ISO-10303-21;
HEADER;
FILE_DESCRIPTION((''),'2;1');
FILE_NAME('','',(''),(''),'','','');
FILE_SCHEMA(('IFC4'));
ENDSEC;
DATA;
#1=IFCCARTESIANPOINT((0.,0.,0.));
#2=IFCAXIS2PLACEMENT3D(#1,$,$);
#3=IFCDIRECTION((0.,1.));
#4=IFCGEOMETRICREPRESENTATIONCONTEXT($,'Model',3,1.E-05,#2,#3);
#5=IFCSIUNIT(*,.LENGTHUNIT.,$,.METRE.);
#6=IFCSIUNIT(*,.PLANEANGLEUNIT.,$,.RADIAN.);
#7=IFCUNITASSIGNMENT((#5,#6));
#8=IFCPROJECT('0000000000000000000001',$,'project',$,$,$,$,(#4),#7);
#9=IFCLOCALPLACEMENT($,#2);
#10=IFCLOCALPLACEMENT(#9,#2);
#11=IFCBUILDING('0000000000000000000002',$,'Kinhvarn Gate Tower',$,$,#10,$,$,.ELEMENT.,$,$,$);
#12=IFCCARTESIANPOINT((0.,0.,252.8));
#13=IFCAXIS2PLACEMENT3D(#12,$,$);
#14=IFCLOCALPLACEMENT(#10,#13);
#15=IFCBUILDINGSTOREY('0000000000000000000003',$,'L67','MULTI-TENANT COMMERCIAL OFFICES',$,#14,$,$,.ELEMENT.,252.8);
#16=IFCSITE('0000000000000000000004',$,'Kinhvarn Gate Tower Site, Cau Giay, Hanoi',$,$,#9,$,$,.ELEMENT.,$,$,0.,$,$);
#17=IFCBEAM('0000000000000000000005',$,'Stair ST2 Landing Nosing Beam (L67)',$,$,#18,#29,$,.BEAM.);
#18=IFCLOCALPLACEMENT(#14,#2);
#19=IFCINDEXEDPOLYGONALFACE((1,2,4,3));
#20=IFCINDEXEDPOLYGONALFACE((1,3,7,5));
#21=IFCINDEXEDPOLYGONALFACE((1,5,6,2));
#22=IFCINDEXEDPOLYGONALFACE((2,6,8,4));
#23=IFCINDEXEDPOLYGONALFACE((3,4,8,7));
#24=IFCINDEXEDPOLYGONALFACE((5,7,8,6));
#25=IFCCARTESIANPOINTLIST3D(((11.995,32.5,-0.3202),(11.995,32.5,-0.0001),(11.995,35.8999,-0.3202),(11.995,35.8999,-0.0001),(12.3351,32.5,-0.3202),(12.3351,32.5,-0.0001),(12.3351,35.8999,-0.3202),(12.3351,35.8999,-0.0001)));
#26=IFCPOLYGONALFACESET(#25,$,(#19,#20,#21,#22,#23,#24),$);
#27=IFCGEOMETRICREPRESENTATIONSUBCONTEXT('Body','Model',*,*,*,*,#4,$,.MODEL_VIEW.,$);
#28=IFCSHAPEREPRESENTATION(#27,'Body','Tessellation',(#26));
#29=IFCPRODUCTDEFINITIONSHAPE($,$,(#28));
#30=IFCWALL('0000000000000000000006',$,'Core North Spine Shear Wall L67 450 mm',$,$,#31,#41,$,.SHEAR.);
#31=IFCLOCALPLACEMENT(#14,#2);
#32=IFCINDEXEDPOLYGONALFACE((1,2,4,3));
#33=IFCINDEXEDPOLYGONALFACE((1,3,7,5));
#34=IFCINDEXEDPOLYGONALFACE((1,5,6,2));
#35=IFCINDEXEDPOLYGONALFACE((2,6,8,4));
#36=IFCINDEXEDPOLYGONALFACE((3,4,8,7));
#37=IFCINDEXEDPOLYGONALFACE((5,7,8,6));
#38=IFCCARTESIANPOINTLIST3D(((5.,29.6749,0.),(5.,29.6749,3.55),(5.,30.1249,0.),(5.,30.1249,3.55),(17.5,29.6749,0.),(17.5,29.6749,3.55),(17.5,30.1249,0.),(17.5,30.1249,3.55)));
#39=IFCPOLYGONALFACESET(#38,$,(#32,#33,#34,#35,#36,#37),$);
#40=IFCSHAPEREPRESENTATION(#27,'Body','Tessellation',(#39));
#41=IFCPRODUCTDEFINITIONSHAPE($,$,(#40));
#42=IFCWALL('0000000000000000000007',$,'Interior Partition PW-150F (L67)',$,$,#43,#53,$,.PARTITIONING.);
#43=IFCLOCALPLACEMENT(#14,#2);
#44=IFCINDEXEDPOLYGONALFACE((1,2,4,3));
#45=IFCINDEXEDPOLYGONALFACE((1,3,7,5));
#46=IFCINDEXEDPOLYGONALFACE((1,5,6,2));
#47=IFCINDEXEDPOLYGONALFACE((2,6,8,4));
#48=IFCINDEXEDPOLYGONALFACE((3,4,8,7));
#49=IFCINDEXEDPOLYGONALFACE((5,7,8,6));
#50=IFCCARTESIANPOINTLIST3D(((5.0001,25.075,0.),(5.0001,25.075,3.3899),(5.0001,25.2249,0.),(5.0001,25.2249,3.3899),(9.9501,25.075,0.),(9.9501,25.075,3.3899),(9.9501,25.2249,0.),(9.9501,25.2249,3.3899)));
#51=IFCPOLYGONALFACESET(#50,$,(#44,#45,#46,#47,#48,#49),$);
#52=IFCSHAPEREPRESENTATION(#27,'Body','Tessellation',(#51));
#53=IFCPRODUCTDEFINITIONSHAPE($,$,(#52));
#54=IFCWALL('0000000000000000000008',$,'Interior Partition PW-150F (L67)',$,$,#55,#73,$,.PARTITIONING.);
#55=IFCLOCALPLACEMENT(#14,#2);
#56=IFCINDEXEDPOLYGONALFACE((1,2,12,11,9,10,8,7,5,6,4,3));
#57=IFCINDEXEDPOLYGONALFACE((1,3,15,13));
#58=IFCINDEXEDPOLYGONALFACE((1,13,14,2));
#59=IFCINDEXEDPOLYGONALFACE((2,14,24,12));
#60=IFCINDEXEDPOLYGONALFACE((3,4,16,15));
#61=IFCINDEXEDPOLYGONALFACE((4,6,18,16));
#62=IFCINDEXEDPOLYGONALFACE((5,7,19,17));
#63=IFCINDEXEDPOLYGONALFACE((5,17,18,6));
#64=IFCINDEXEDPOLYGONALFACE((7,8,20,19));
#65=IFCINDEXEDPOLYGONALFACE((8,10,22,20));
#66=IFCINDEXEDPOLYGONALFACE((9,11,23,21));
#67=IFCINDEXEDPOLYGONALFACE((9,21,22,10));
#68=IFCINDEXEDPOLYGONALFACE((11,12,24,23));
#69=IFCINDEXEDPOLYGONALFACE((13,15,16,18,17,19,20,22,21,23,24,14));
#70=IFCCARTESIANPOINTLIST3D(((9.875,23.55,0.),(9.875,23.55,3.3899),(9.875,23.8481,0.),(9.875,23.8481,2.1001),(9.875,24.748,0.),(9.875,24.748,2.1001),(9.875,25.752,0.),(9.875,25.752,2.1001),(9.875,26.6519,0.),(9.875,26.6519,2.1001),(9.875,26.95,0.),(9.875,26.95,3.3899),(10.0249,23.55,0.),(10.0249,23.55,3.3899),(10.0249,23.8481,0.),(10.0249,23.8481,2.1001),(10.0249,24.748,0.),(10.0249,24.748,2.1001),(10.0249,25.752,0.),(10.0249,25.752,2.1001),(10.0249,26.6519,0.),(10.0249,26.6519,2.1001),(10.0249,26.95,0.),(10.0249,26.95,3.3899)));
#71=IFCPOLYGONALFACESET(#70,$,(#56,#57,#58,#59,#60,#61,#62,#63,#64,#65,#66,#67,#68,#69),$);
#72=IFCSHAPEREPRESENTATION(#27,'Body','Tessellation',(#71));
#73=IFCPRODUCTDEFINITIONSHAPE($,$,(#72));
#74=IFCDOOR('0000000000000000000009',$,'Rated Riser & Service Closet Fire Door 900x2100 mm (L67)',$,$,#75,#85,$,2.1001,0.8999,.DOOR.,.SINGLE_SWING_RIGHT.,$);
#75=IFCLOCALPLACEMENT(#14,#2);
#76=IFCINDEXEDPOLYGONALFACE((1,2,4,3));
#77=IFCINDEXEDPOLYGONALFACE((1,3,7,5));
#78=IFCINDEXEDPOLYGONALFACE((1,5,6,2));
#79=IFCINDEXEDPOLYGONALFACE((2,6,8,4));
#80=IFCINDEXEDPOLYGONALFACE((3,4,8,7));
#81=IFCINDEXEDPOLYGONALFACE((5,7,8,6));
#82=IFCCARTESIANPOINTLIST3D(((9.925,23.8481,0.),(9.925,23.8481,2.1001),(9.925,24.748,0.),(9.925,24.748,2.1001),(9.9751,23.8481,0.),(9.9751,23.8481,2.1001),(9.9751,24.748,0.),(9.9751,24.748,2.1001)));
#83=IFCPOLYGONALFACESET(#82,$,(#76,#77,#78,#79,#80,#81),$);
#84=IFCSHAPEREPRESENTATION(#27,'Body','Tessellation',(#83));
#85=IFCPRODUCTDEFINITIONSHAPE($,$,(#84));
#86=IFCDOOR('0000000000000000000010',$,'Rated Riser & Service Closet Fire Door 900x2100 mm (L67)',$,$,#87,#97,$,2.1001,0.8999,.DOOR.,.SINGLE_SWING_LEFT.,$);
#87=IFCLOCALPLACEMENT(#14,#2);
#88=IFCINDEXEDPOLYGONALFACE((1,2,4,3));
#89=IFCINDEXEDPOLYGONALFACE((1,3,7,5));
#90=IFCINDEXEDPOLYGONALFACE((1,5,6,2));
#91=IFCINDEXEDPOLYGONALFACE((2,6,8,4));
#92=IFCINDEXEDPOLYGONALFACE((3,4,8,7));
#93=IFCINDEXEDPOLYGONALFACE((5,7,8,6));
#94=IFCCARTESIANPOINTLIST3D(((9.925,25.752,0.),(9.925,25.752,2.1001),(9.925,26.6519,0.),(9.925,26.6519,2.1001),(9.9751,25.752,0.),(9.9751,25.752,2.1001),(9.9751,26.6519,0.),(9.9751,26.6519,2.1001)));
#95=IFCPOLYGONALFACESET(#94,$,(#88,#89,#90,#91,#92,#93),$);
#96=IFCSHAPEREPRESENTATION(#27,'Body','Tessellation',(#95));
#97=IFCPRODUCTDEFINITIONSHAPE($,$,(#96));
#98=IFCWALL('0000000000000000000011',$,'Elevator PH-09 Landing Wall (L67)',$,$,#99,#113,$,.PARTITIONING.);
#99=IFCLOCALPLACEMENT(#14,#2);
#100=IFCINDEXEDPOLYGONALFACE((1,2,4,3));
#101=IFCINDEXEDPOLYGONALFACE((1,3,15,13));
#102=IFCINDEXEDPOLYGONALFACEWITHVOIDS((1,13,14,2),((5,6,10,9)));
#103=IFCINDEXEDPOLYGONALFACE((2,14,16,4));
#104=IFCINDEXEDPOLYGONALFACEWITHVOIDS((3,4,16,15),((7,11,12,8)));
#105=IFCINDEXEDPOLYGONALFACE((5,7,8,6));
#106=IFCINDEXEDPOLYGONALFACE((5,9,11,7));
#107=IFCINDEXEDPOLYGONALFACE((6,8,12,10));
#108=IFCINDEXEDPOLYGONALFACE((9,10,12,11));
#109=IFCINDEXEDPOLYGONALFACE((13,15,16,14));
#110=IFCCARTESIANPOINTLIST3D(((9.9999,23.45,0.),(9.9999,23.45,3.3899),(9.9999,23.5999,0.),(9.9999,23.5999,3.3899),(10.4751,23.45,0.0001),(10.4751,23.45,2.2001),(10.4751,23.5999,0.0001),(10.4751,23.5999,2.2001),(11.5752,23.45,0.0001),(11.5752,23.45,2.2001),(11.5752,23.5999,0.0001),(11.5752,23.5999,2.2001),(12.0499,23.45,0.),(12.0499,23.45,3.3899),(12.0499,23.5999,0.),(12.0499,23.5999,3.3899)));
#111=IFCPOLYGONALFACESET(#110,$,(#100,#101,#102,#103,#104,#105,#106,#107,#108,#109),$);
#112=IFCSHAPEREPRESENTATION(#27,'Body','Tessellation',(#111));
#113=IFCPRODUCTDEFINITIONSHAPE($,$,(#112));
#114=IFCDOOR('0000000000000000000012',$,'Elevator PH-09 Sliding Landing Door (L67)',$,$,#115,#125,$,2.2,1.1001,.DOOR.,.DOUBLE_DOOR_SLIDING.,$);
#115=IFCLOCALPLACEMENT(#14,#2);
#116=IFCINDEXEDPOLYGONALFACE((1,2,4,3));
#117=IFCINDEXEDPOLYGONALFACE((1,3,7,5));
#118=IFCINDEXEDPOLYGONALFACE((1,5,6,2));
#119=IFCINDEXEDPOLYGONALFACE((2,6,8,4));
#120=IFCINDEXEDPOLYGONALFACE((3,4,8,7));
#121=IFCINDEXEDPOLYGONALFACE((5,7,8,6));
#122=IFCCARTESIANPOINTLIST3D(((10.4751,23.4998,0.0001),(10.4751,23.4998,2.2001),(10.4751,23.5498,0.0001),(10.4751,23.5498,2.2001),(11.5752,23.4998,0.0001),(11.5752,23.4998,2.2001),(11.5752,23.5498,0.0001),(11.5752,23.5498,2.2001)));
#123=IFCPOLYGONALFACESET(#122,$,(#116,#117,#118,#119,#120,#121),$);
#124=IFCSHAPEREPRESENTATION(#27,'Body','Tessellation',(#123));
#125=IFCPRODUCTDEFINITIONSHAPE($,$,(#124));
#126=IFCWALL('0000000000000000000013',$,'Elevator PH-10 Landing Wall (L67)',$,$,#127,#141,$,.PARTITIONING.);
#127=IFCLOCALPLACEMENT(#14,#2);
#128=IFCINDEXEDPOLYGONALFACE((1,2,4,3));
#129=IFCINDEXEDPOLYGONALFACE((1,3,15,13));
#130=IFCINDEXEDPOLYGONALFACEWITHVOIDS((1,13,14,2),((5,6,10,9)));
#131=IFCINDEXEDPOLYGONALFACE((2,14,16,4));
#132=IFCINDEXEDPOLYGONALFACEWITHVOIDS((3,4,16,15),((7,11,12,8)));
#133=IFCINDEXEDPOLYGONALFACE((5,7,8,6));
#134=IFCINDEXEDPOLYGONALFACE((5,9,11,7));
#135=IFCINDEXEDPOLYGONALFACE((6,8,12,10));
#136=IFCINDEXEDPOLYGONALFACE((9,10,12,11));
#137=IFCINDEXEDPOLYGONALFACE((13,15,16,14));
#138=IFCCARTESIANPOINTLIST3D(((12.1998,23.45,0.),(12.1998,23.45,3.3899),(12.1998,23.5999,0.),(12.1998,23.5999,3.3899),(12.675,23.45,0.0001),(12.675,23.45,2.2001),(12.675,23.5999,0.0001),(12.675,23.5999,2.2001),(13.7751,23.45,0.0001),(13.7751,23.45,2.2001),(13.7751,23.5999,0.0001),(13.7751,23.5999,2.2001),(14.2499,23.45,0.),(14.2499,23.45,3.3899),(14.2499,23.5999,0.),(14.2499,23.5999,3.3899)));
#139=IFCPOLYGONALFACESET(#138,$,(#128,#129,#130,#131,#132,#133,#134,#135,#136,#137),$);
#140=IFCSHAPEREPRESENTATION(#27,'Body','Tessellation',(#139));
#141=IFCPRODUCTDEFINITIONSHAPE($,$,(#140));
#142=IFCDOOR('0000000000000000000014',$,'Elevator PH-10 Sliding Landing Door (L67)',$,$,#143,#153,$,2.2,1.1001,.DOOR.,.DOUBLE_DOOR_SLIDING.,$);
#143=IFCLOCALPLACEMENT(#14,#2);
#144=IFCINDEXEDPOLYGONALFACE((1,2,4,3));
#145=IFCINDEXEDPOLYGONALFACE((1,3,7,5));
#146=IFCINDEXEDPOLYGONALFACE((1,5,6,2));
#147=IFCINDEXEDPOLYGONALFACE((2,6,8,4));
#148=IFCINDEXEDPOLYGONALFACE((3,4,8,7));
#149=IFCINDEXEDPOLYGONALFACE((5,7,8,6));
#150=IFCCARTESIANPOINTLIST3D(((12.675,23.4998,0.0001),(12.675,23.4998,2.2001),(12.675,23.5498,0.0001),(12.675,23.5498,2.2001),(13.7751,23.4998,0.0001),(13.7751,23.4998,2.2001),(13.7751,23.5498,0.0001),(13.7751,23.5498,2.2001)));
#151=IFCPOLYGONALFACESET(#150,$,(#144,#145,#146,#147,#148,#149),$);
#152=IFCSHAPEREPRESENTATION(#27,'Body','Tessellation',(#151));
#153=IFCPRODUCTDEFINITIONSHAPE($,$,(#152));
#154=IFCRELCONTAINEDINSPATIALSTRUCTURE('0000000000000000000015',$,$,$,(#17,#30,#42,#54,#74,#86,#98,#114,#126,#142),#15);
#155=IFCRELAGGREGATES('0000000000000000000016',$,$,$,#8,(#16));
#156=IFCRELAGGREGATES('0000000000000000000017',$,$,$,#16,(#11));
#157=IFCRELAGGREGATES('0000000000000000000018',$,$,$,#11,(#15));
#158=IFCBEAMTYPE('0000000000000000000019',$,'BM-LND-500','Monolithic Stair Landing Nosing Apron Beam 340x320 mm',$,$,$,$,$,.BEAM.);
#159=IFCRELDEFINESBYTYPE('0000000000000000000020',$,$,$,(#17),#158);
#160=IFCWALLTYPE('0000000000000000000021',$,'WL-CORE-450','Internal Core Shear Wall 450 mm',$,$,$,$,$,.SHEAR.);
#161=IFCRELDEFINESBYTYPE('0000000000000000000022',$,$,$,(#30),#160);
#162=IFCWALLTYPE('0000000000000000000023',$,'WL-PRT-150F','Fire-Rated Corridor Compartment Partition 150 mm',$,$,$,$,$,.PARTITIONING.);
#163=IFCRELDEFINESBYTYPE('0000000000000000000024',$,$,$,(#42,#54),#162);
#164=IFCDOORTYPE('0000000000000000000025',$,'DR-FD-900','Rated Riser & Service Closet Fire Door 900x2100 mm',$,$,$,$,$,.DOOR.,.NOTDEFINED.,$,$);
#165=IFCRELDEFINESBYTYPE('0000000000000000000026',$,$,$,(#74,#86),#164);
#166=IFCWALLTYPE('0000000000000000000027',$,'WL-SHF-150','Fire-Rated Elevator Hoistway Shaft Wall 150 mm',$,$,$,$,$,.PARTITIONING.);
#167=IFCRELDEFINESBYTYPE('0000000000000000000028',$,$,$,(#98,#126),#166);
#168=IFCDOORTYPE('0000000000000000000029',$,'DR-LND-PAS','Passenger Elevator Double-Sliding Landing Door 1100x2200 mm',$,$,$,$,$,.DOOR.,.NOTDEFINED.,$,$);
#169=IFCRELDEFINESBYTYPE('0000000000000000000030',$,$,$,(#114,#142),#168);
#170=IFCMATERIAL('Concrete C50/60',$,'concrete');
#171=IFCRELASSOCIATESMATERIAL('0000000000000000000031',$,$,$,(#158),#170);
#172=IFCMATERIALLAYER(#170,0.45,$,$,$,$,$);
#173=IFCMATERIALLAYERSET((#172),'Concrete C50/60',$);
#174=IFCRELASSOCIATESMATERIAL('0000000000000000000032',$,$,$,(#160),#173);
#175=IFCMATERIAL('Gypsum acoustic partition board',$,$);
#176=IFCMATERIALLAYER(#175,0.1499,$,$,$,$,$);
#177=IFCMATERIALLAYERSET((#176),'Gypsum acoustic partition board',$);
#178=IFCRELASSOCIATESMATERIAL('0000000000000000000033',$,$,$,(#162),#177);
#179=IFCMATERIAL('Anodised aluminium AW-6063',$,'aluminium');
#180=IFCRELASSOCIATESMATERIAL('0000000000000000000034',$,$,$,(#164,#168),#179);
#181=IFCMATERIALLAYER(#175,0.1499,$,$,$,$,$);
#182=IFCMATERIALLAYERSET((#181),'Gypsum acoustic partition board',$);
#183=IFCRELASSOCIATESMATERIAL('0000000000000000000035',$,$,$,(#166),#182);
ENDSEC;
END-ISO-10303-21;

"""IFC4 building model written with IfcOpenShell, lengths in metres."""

from ifc_helpers import new_model, si_unit, direction, frame, frame_2d, origin, origin_2d, place, context, subcontext, project, spatial, rectangle, extrude, material, layer, layer_set, material_profile, profile_set, type_object, element, fill, save


model = new_model("IFC4")

# Units and contexts
model_context = context("Model", 3, precision=1e-05, world=origin(), true_north=direction((0.0, 1.0)))
body_context = subcontext(model_context, "Body", "Model", "MODEL_VIEW")
ifc_project = project(units=[si_unit("LENGTHUNIT", "METRE"), si_unit("PLANEANGLEUNIT", "RADIAN")], contexts=[model_context])

# Site, building, storey
site_placement = place(None, origin())
site = spatial("IfcSite", under=ifc_project, at=site_placement, Name="Kinhvarn Gate Tower Site, Cau Giay, Hanoi", CompositionType="ELEMENT", RefElevation=0.0)
building_placement = place(site_placement, origin())
building = spatial("IfcBuilding", under=site, at=building_placement, Name="Kinhvarn Gate Tower", CompositionType="ELEMENT")
storey_placement = place(building_placement, frame((0.0, 0.0, 252.8)))
storey = spatial("IfcBuildingStorey", under=building, at=storey_placement, Name="L67", Description="MULTI-TENANT COMMERCIAL OFFICES", CompositionType="ELEMENT", Elevation=252.8)

# Beam
ifc_material_1 = material(Name="Concrete C50/60", Category="concrete")
ifc_material_profile = material_profile(ifc_material_1, rectangle(XDim=0.3401, YDim=0.3201, at=origin_2d()), Name="RC 340x320")
ifc_profile_set = profile_set([ifc_material_profile], Name="Concrete C50/60")
beam_type = type_object("IfcBeamType", Name="BM-LND-500", Description="Monolithic Stair Landing Nosing Apron Beam 340x320 mm", PredefinedType="BEAM", material=ifc_profile_set)
beam_placement = place(storey_placement, frame((12.165, 32.5, -0.1602), z_axis=(0.0, 1.0, 0.0), x_axis=(-1.0, 0.0, 0.0)))
element("IfcBeam", 1, at=beam_placement, inside=storey, type_object=beam_type, Name="Stair ST2 Landing Nosing Beam (L67)", PredefinedType="BEAM", context=body_context, shape_type="SweptSolid", body=[
    extrude(rectangle(XDim=0.3401, YDim=0.3201, at=origin_2d()), origin(), (0.0, 0.0, 1.0), 3.3999),
])

# Walls
ifc_layer_1 = layer(ifc_material_1, 0.45)
ifc_layer_set_1 = layer_set([ifc_layer_1], Name="Concrete C50/60")
wall_type_1 = type_object("IfcWallType", Name="WL-CORE-450", Description="Internal Core Shear Wall 450 mm", PredefinedType="SHEAR", material=ifc_layer_set_1)
wall_1_placement = place(storey_placement, frame((5.0, 29.8999, 0.0), z_axis=(0.0, 0.0, 1.0), x_axis=(1.0, 0.0, 0.0)))
element("IfcWall", 2, at=wall_1_placement, inside=storey, type_object=wall_type_1, Name="Core North Spine Shear Wall L67 450 mm", PredefinedType="SHEAR", context=body_context, shape_type="SweptSolid", body=[
    extrude(rectangle(XDim=12.5, YDim=0.45, at=frame_2d((6.25, 0.0))), origin(), (0.0, 0.0, 1.0), 3.55),
])
ifc_material_2 = material(Name="Gypsum acoustic partition board")
ifc_layer_2 = layer(ifc_material_2, 0.1499)
ifc_layer_set_2 = layer_set([ifc_layer_2], Name="Gypsum acoustic partition board")
wall_type_2 = type_object("IfcWallType", Name="WL-PRT-150F", Description="Fire-Rated Corridor Compartment Partition 150 mm", PredefinedType="PARTITIONING", material=ifc_layer_set_2)
wall_2_placement = place(storey_placement, frame((5.0, 25.1499, 0.0), z_axis=(0.0, 0.0, 1.0), x_axis=(1.0, 0.0, 0.0)))
element("IfcWall", 3, at=wall_2_placement, inside=storey, type_object=wall_type_2, Name="Interior Partition PW-150F (L67)", PredefinedType="PARTITIONING", context=body_context, shape_type="SweptSolid", body=[
    extrude(rectangle(XDim=4.95, YDim=0.1499, at=frame_2d((2.4751, 0.0))), origin(), (0.0, 0.0, 1.0), 3.3899),
])

# Wall, openings, doors
wall_3_placement = place(storey_placement, frame((9.95, 23.55, 0.0), z_axis=(0.0, 0.0, 1.0), x_axis=(0.0, 1.0, 0.0)))
wall_3 = element("IfcWall", 4, at=wall_3_placement, inside=storey, type_object=wall_type_2, Name="Interior Partition PW-150F (L67)", PredefinedType="PARTITIONING", context=body_context, shape_type="SweptSolid", body=[
    extrude(rectangle(XDim=3.3999, YDim=0.1499, at=frame_2d((1.7, 0.0))), origin(), (0.0, 0.0, 1.0), 3.3899),
])
opening_1_placement = place(wall_3_placement, frame((0.2981, 0.0, 0.0)))
opening_1 = element("IfcOpeningElement", 5, at=opening_1_placement, cuts=wall_3, PredefinedType="OPENING", context=body_context, shape_type="SweptSolid", body=[
    extrude(rectangle(XDim=0.8999, YDim=2.1001, at=frame_2d((0.45, 1.05))), frame((0.0, 0.085, 0.0), z_axis=(0.0, -1.0, 0.0), x_axis=(1.0, 0.0, 0.0)), (0.0, 0.0, 1.0), 0.1699),
])
opening_2_placement = place(wall_3_placement, frame((2.2019, 0.0, 0.0)))
opening_2 = element("IfcOpeningElement", 6, at=opening_2_placement, cuts=wall_3, PredefinedType="OPENING", context=body_context, shape_type="SweptSolid", body=[
    extrude(rectangle(XDim=0.8999, YDim=2.1001, at=frame_2d((0.45, 1.05))), frame((0.0, 0.085, 0.0), z_axis=(0.0, -1.0, 0.0), x_axis=(1.0, 0.0, 0.0)), (0.0, 0.0, 1.0), 0.1699),
])
ifc_material_3 = material(Name="Anodised aluminium AW-6063", Category="aluminium")
door_type_1 = type_object("IfcDoorType", Name="DR-FD-900", Description="Rated Riser & Service Closet Fire Door 900x2100 mm", OperationType="NOTDEFINED", PredefinedType="DOOR", material=ifc_material_3)
door_1_placement = place(opening_1_placement, origin())
door_1 = element("IfcDoor", 7, at=door_1_placement, inside=storey, type_object=door_type_1, Name="Rated Riser & Service Closet Fire Door 900x2100 mm (L67)", OperationType="SINGLE_SWING_RIGHT", OverallHeight=2.1001, OverallWidth=0.8999, PredefinedType="DOOR", context=body_context, shape_type="SweptSolid", body=[
    extrude(rectangle(XDim=0.8999, YDim=2.1001, at=frame_2d((0.45, 1.05))), frame((0.0, 0.0249, 0.0), z_axis=(0.0, -1.0, 0.0), x_axis=(1.0, 0.0, 0.0)), (0.0, 0.0, 1.0), 0.05),
])
fill(opening_1, door_1)
door_2_placement = place(opening_2_placement, origin())
door_2 = element("IfcDoor", 8, at=door_2_placement, inside=storey, type_object=door_type_1, Name="Rated Riser & Service Closet Fire Door 900x2100 mm (L67)", OperationType="SINGLE_SWING_LEFT", OverallHeight=2.1001, OverallWidth=0.8999, PredefinedType="DOOR", context=body_context, shape_type="SweptSolid", body=[
    extrude(rectangle(XDim=0.8999, YDim=2.1001, at=frame_2d((0.45, 1.05))), frame((0.0, 0.0249, 0.0), z_axis=(0.0, -1.0, 0.0), x_axis=(1.0, 0.0, 0.0)), (0.0, 0.0, 1.0), 0.05),
])
fill(opening_2, door_2)

# Walls, openings, doors
ifc_layer_3 = layer(ifc_material_2, 0.1499)
ifc_layer_set_3 = layer_set([ifc_layer_3], Name="Gypsum acoustic partition board")
wall_type_3 = type_object("IfcWallType", Name="WL-SHF-150", Description="Fire-Rated Elevator Hoistway Shaft Wall 150 mm", PredefinedType="PARTITIONING", material=ifc_layer_set_3)
wall_4_placement = place(storey_placement, frame((10.0, 23.5249, 0.0), z_axis=(0.0, 0.0, 1.0), x_axis=(1.0, 0.0, 0.0)))
wall_4 = element("IfcWall", 9, at=wall_4_placement, inside=storey, type_object=wall_type_3, Name="Elevator PH-09 Landing Wall (L67)", PredefinedType="PARTITIONING", context=body_context, shape_type="SweptSolid", body=[
    extrude(rectangle(XDim=2.05, YDim=0.1499, at=frame_2d((1.0249, 0.0))), origin(), (0.0, 0.0, 1.0), 3.3899),
])
opening_3_placement = place(wall_4_placement, frame((0.4751, 0.0, 0.0)))
opening_3 = element("IfcOpeningElement", 10, at=opening_3_placement, cuts=wall_4, PredefinedType="OPENING", context=body_context, shape_type="SweptSolid", body=[
    extrude(rectangle(XDim=1.1001, YDim=2.2, at=frame_2d((0.55, 1.1001))), frame((0.0, 0.085, 0.0), z_axis=(0.0, -1.0, 0.0), x_axis=(1.0, 0.0, 0.0)), (0.0, 0.0, 1.0), 0.1699),
])
door_type_2 = type_object("IfcDoorType", Name="DR-LND-PAS", Description="Passenger Elevator Double-Sliding Landing Door 1100x2200 mm", OperationType="NOTDEFINED", PredefinedType="DOOR", material=ifc_material_3)
door_3_placement = place(opening_3_placement, origin())
door_3 = element("IfcDoor", 11, at=door_3_placement, inside=storey, type_object=door_type_2, Name="Elevator PH-09 Sliding Landing Door (L67)", OperationType="DOUBLE_DOOR_SLIDING", OverallHeight=2.2, OverallWidth=1.1001, PredefinedType="DOOR", context=body_context, shape_type="SweptSolid", body=[
    extrude(rectangle(XDim=1.1001, YDim=2.2, at=frame_2d((0.55, 1.1001))), frame((0.0, 0.0249, 0.0), z_axis=(0.0, -1.0, 0.0), x_axis=(1.0, 0.0, 0.0)), (0.0, 0.0, 1.0), 0.05),
])
fill(opening_3, door_3)
wall_5_placement = place(storey_placement, frame((12.2, 23.5249, 0.0), z_axis=(0.0, 0.0, 1.0), x_axis=(1.0, 0.0, 0.0)))
wall_5 = element("IfcWall", 12, at=wall_5_placement, inside=storey, type_object=wall_type_3, Name="Elevator PH-10 Landing Wall (L67)", PredefinedType="PARTITIONING", context=body_context, shape_type="SweptSolid", body=[
    extrude(rectangle(XDim=2.05, YDim=0.1499, at=frame_2d((1.0249, 0.0))), origin(), (0.0, 0.0, 1.0), 3.3899),
])
opening_4_placement = place(wall_5_placement, frame((0.4751, 0.0, 0.0)))
opening_4 = element("IfcOpeningElement", 13, at=opening_4_placement, cuts=wall_5, PredefinedType="OPENING", context=body_context, shape_type="SweptSolid", body=[
    extrude(rectangle(XDim=1.1001, YDim=2.2, at=frame_2d((0.55, 1.1001))), frame((0.0, 0.085, 0.0), z_axis=(0.0, -1.0, 0.0), x_axis=(1.0, 0.0, 0.0)), (0.0, 0.0, 1.0), 0.1699),
])
door_4_placement = place(opening_4_placement, origin())
door_4 = element("IfcDoor", 14, at=door_4_placement, inside=storey, type_object=door_type_2, Name="Elevator PH-10 Sliding Landing Door (L67)", OperationType="DOUBLE_DOOR_SLIDING", OverallHeight=2.2, OverallWidth=1.1001, PredefinedType="DOOR", context=body_context, shape_type="SweptSolid", body=[
    extrude(rectangle(XDim=1.1001, YDim=2.2, at=frame_2d((0.55, 1.1001))), frame((0.0, 0.0249, 0.0), z_axis=(0.0, -1.0, 0.0), x_axis=(1.0, 0.0, 0.0)), (0.0, 0.0, 1.0), 0.05),
])
fill(opening_4, door_4)

save(model, "model.ifc")
